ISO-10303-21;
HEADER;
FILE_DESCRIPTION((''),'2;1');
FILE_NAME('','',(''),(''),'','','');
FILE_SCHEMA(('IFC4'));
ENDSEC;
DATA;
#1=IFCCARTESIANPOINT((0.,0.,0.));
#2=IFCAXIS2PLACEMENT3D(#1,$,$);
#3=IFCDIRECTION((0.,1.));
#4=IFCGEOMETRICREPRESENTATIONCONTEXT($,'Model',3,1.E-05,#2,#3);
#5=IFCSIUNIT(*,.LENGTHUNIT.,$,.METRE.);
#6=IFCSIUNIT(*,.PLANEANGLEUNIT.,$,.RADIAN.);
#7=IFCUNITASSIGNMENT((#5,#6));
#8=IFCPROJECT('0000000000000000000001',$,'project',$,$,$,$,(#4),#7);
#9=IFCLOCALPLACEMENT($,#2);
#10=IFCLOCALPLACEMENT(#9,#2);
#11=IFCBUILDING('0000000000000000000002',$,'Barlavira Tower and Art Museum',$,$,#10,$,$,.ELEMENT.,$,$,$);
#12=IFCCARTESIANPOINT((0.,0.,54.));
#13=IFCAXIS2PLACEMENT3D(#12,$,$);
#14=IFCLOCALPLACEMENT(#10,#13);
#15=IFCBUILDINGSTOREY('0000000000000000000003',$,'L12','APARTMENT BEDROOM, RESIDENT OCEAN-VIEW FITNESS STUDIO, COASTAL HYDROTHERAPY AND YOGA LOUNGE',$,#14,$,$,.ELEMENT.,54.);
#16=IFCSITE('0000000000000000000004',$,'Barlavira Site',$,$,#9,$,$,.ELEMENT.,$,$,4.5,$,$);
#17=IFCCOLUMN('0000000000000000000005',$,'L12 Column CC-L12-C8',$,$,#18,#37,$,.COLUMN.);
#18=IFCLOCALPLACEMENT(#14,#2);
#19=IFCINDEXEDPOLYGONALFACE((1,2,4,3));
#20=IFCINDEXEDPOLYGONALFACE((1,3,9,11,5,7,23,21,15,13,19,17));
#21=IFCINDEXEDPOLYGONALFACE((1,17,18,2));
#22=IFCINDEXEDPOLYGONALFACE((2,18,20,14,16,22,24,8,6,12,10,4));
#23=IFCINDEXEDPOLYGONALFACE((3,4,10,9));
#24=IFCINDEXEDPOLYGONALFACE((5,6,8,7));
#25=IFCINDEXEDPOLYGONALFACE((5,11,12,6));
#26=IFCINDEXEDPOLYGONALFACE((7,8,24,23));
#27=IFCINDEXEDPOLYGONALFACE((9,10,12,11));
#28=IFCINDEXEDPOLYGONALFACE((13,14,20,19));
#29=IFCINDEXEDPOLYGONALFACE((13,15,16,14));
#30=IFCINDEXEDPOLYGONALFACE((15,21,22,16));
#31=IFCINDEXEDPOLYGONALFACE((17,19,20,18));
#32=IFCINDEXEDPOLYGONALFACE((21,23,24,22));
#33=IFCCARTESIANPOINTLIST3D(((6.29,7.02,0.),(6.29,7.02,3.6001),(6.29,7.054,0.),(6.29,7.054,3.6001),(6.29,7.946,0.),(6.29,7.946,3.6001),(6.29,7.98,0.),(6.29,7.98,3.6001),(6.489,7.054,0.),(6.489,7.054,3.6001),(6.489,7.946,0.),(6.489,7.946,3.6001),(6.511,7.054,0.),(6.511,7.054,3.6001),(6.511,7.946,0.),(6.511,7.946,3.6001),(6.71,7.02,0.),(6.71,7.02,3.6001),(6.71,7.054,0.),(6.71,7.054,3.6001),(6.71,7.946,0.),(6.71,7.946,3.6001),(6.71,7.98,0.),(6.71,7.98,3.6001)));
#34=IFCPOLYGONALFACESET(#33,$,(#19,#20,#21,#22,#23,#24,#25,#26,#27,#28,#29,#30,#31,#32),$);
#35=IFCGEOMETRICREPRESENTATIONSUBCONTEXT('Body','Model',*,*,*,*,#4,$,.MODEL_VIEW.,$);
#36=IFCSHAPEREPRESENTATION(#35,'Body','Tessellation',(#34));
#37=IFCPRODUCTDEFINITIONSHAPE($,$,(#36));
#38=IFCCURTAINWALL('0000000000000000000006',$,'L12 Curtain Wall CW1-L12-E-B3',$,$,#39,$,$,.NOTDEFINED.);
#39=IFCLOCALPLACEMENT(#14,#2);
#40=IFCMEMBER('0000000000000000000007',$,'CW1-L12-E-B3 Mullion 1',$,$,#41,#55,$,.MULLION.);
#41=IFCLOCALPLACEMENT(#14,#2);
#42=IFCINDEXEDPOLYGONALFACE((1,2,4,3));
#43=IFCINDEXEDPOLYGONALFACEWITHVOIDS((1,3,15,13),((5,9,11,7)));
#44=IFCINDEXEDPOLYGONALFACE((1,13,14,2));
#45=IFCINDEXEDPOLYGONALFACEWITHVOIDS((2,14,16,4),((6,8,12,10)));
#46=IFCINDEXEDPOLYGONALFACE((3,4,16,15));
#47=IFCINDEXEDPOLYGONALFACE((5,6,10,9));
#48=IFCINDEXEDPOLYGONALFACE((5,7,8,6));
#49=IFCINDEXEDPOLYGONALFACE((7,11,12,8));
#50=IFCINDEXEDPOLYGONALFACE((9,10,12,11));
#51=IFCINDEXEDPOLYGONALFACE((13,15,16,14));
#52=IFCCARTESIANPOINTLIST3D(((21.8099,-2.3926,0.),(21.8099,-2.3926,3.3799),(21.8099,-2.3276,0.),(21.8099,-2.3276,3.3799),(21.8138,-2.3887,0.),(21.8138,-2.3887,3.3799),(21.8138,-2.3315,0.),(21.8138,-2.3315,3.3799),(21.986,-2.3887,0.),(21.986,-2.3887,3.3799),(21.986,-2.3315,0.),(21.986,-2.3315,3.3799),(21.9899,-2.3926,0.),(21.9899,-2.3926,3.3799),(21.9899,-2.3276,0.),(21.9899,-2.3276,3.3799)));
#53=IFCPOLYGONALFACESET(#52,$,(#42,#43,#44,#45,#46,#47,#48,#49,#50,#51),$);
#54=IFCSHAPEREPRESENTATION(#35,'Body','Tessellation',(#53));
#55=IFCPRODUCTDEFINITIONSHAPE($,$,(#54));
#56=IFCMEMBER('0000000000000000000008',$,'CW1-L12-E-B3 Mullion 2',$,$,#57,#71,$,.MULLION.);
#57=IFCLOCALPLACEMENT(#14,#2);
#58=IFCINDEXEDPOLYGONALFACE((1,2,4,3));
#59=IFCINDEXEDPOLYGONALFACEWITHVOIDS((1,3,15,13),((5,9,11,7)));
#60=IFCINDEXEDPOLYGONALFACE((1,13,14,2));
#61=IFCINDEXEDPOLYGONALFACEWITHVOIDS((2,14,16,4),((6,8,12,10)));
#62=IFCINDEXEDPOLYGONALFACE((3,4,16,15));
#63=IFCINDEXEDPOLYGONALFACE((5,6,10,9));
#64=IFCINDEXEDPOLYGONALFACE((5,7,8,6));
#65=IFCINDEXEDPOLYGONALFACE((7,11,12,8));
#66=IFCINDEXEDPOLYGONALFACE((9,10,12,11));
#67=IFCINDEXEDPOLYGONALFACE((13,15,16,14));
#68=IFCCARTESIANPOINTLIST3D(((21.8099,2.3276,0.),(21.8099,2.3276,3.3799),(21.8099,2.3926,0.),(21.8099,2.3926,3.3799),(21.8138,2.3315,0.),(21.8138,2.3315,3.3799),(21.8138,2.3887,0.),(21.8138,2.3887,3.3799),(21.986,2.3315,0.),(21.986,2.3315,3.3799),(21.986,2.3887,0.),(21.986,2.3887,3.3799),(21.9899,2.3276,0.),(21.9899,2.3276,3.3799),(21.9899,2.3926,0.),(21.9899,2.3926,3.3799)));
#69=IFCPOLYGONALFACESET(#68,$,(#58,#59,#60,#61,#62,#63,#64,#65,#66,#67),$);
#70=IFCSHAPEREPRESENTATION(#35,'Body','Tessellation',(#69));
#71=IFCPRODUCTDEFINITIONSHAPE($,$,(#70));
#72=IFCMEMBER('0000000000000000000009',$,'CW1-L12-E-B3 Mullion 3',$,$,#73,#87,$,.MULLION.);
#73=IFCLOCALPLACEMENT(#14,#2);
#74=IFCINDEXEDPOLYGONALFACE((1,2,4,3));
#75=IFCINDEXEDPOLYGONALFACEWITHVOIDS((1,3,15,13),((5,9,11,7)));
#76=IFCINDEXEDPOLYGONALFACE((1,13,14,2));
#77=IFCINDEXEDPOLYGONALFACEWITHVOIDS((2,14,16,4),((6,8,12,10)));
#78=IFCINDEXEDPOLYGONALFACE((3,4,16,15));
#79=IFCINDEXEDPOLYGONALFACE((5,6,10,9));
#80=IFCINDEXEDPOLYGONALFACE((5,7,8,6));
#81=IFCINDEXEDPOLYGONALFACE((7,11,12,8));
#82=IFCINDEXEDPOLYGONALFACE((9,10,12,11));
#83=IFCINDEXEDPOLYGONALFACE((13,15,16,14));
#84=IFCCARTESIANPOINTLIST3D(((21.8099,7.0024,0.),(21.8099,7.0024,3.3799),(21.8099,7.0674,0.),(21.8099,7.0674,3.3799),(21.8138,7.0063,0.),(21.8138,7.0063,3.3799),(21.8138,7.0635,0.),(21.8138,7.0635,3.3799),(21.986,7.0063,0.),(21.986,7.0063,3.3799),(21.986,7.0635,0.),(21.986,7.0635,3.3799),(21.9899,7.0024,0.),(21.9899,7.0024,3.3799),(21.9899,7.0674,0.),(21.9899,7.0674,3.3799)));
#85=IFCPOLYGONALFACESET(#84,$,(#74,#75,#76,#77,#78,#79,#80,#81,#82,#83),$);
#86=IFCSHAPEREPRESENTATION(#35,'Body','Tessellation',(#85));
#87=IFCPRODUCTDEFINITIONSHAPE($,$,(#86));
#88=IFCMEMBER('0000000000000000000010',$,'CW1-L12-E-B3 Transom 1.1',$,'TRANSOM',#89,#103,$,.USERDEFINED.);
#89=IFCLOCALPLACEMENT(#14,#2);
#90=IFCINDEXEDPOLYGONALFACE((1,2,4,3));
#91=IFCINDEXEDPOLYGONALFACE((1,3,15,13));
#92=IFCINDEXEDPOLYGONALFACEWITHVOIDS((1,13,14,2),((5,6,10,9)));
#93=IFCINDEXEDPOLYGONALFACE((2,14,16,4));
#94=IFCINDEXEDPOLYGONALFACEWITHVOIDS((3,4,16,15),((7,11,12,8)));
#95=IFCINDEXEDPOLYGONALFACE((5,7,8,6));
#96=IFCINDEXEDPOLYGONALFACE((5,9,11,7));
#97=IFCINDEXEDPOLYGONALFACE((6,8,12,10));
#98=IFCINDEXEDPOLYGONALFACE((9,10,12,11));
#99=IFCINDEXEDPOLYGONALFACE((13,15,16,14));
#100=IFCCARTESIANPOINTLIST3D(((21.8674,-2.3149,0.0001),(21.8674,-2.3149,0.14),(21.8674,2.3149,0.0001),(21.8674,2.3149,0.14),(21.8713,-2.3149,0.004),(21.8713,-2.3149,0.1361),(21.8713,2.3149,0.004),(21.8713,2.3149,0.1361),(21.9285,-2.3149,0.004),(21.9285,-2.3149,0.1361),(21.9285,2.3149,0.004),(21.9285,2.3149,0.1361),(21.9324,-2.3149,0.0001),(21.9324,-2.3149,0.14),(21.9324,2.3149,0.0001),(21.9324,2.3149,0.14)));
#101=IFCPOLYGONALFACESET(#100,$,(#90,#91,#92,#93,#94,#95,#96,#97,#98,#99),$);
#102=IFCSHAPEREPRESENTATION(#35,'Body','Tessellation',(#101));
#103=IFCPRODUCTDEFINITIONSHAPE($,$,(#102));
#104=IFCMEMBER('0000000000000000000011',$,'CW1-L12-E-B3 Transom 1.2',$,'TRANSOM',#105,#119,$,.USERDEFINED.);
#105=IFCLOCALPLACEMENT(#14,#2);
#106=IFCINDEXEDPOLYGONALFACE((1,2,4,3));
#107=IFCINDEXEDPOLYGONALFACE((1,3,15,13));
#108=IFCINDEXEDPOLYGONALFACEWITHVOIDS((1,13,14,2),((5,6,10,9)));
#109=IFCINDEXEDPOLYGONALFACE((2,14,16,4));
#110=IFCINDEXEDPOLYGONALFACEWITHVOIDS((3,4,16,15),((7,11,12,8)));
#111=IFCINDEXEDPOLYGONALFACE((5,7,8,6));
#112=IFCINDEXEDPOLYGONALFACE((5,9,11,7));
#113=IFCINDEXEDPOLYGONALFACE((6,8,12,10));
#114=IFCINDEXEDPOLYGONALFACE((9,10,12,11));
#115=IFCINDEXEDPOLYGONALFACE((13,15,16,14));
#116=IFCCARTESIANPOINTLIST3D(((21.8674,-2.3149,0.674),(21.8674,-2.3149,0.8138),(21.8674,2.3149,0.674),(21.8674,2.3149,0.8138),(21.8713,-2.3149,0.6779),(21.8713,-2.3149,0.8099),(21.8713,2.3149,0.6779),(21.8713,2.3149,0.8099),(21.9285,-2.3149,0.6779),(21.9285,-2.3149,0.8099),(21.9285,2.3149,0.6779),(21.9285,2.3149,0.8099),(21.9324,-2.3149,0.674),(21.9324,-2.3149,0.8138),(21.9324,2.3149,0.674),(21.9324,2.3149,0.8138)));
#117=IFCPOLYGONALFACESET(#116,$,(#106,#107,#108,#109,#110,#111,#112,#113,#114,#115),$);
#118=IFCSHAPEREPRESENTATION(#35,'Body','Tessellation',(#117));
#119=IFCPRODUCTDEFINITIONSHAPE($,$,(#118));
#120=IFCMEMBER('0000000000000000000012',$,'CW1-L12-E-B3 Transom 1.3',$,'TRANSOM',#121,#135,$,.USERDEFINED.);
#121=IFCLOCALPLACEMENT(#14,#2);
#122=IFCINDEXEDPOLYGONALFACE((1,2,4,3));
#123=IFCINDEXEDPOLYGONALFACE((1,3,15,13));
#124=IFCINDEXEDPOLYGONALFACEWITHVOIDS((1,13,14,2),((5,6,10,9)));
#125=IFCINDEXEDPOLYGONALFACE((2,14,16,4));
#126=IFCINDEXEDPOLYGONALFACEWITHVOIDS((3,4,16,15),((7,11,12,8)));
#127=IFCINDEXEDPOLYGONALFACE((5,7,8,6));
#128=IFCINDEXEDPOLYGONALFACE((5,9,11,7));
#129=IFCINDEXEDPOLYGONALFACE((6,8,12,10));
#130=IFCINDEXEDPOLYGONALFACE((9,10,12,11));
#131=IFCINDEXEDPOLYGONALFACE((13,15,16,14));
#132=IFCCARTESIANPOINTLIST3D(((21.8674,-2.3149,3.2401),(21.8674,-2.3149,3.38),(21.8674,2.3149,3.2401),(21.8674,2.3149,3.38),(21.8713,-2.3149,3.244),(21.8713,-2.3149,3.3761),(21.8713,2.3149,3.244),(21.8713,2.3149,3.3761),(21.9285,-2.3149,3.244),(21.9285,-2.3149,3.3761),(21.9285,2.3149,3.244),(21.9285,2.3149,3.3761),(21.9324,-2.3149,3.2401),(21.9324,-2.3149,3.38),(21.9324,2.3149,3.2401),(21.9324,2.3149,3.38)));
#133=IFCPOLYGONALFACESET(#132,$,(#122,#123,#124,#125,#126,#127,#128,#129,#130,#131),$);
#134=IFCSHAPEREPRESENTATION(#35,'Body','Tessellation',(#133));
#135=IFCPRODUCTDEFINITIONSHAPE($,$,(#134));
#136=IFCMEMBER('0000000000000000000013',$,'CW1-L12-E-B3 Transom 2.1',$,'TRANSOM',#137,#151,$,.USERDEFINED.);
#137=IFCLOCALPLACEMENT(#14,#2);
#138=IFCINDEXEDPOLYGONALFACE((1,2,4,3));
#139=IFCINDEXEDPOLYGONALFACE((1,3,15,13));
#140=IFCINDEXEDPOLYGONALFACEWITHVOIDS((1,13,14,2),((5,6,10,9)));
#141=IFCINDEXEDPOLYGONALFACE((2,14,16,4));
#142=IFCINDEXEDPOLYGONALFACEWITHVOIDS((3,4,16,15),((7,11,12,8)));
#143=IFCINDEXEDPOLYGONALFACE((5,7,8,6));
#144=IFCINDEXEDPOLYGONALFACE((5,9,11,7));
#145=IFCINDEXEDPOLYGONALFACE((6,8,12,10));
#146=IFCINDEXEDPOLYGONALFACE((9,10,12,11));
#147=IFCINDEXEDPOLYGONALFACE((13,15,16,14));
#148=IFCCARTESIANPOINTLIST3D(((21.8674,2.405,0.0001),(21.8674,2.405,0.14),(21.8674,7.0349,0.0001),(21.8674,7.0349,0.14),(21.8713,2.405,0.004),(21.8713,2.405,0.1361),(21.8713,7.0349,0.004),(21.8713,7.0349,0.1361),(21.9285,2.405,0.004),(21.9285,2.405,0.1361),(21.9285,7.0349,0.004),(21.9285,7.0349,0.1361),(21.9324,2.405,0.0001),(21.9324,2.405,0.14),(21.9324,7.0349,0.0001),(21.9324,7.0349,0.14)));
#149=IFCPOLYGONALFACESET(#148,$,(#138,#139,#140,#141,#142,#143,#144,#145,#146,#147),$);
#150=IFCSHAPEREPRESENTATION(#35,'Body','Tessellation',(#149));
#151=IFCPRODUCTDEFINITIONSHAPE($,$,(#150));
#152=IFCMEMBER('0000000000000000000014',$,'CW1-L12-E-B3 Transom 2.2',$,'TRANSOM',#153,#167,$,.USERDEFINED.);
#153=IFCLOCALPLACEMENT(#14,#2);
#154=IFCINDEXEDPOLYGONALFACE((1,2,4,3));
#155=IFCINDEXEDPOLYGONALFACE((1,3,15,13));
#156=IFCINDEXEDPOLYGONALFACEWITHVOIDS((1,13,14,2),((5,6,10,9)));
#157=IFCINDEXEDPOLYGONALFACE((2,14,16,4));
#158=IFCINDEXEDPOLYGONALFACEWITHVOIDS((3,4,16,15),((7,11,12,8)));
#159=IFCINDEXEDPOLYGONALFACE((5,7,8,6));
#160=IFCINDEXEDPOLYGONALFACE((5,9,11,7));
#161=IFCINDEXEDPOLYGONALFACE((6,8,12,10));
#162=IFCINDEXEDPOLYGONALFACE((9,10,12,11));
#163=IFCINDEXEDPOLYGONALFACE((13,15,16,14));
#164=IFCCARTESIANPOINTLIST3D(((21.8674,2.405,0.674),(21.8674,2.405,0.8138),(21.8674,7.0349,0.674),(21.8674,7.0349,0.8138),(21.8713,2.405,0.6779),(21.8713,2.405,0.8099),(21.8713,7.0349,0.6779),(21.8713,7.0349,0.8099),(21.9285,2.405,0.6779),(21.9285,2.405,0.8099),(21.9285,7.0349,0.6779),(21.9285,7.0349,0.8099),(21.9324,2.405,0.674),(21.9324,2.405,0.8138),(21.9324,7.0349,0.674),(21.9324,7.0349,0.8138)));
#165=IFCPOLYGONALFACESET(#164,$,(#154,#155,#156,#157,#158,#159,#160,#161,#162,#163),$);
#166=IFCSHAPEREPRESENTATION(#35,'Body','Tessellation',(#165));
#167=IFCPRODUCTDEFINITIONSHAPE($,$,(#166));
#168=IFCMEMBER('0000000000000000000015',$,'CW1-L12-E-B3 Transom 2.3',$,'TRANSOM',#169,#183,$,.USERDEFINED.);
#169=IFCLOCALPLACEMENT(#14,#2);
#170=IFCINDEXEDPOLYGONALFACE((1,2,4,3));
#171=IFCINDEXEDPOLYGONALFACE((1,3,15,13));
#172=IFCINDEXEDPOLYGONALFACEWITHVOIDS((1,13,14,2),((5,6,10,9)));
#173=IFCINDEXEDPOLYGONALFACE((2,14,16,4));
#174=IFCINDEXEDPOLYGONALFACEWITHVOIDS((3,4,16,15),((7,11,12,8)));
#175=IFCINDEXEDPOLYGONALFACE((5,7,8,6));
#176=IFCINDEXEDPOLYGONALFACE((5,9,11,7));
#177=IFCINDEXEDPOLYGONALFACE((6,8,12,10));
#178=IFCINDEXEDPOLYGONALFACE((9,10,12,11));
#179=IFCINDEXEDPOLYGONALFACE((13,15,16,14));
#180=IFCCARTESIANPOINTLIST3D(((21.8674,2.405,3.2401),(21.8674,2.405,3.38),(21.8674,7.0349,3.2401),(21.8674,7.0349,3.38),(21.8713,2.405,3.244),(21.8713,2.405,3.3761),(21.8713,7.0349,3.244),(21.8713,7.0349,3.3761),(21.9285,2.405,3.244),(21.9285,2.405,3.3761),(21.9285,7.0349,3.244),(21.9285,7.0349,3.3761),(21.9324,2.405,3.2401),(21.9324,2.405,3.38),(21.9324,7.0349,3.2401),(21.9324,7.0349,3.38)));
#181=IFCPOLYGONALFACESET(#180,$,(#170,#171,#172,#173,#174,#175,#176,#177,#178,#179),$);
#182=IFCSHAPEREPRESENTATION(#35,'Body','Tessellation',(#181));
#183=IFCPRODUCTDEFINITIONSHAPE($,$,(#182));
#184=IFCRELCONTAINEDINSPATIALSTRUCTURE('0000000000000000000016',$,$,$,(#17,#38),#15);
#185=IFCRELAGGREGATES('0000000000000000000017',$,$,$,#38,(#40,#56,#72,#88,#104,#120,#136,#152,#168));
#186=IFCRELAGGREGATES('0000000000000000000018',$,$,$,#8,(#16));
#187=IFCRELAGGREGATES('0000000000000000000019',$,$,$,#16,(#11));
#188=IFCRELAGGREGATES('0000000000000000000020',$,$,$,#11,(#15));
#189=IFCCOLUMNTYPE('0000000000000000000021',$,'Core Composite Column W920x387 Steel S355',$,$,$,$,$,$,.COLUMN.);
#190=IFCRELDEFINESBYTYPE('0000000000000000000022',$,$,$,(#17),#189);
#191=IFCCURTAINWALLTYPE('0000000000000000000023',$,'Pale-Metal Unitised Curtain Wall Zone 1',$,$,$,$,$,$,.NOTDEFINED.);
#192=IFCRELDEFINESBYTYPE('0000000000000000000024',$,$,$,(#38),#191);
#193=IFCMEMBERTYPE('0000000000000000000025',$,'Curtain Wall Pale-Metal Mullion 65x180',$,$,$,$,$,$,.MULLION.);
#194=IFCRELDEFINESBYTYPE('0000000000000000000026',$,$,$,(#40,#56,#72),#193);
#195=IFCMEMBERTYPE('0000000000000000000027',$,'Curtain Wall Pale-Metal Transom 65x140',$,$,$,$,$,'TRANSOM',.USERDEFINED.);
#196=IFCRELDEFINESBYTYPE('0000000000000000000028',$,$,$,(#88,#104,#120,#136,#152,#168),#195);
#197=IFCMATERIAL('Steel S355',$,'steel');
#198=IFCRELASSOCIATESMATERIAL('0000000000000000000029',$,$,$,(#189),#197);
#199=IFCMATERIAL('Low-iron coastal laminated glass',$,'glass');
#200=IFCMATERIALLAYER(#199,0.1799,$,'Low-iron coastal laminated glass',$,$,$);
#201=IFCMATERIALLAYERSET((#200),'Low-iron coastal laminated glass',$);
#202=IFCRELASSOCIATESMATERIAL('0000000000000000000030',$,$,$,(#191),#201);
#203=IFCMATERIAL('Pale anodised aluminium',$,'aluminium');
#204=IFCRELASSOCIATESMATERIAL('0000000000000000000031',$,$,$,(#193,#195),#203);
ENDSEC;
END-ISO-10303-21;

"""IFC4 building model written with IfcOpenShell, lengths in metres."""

from ifc_helpers import new_model, si_unit, direction, frame, origin, origin_2d, place, context, subcontext, project, spatial, hollow_rectangle, i_section, extrude, material, layer, layer_set, material_profile, profile_set, type_object, element, aggregate, save


model = new_model("IFC4")

# Units and contexts
model_context = context("Model", 3, precision=1e-05, world=origin(), true_north=direction((0.0, 1.0)))
body_context = subcontext(model_context, "Body", "Model", "MODEL_VIEW")
ifc_project = project(units=[si_unit("LENGTHUNIT", "METRE"), si_unit("PLANEANGLEUNIT", "RADIAN")], contexts=[model_context])

# Site, building, storey
site_placement = place(None, origin())
site = spatial("IfcSite", under=ifc_project, at=site_placement, Name="Barlavira Site", CompositionType="ELEMENT", RefElevation=4.5)
building_placement = place(site_placement, origin())
building = spatial("IfcBuilding", under=site, at=building_placement, Name="Barlavira Tower and Art Museum", CompositionType="ELEMENT")
storey_placement = place(building_placement, frame((0.0, 0.0, 54.0)))
storey = spatial("IfcBuildingStorey", under=building, at=storey_placement, Name="L12", Description="APARTMENT BEDROOM, RESIDENT OCEAN-VIEW FITNESS STUDIO, COASTAL HYDROTHERAPY AND YOGA LOUNGE", CompositionType="ELEMENT", Elevation=54.0)

# Column
ifc_material_1 = material(Name="Steel S355", Category="steel")
ifc_material_profile_1 = material_profile(ifc_material_1, i_section(OverallWidth=0.4199, OverallDepth=0.96, WebThickness=0.022, FlangeThickness=0.0339, at=origin_2d()), Name="W920x387.0")
ifc_profile_set_1 = profile_set([ifc_material_profile_1], Name="Steel S355")
column_type = type_object("IfcColumnType", Name="Core Composite Column W920x387 Steel S355", PredefinedType="COLUMN", material=ifc_profile_set_1)
column_placement = place(storey_placement, frame((6.5, 7.5, 0.0), z_axis=(0.0, 0.0, 1.0), x_axis=(1.0, 0.0, 0.0)))
element("IfcColumn", 1, at=column_placement, inside=storey, type_object=column_type, Name="L12 Column CC-L12-C8", PredefinedType="COLUMN", context=body_context, shape_type="SweptSolid", body=[
    extrude(i_section(OverallWidth=0.4199, OverallDepth=0.96, WebThickness=0.022, FlangeThickness=0.0339, at=origin_2d()), origin(), (0.0, 0.0, 1.0), 3.6001),
])

# Curtain wall, members
ifc_material_2 = material(Name="Low-iron coastal laminated glass", Category="glass")
ifc_layer_1 = layer(ifc_material_2, 0.1799, Name="Low-iron coastal laminated glass")
ifc_layer_set_1 = layer_set([ifc_layer_1], Name="Low-iron coastal laminated glass")
curtain_wall_type = type_object("IfcCurtainWallType", Name="Pale-Metal Unitised Curtain Wall Zone 1", PredefinedType="NOTDEFINED", material=ifc_layer_set_1)
curtain_wall_placement = place(storey_placement, origin())
curtain_wall = element("IfcCurtainWall", 2, at=curtain_wall_placement, inside=storey, type_object=curtain_wall_type, Name="L12 Curtain Wall CW1-L12-E-B3", PredefinedType="NOTDEFINED")
ifc_material_3 = material(Name="Pale anodised aluminium", Category="aluminium")
ifc_material_profile_2 = material_profile(ifc_material_3, hollow_rectangle(XDim=0.0649, YDim=0.1799, WallThickness=0.0039, at=origin_2d()), Name="ALU-MULL 65x180x4")
ifc_profile_set_2 = profile_set([ifc_material_profile_2], Name="Pale anodised aluminium")
member_type_1 = type_object("IfcMemberType", Name="Curtain Wall Pale-Metal Mullion 65x180", PredefinedType="MULLION", material=ifc_profile_set_2)
member_1_placement = place(storey_placement, frame((21.8999, -2.3601, 0.0), z_axis=(0.0, 0.0, 1.0), x_axis=(0.0, 1.0, 0.0)))
member_1 = element("IfcMember", 3, at=member_1_placement, type_object=member_type_1, Name="CW1-L12-E-B3 Mullion 1", PredefinedType="MULLION", context=body_context, shape_type="SweptSolid", body=[
    extrude(hollow_rectangle(XDim=0.0649, YDim=0.1799, WallThickness=0.0039, at=origin_2d()), origin(), (0.0, 0.0, 1.0), 3.3799),
])
member_2_placement = place(storey_placement, frame((21.8999, 2.3601, 0.0), z_axis=(0.0, 0.0, 1.0), x_axis=(0.0, 1.0, 0.0)))
member_2 = element("IfcMember", 4, at=member_2_placement, type_object=member_type_1, Name="CW1-L12-E-B3 Mullion 2", PredefinedType="MULLION", context=body_context, shape_type="SweptSolid", body=[
    extrude(hollow_rectangle(XDim=0.0649, YDim=0.1799, WallThickness=0.0039, at=origin_2d()), origin(), (0.0, 0.0, 1.0), 3.3799),
])
member_3_placement = place(storey_placement, frame((21.8999, 7.0349, 0.0), z_axis=(0.0, 0.0, 1.0), x_axis=(0.0, 1.0, 0.0)))
member_3 = element("IfcMember", 5, at=member_3_placement, type_object=member_type_1, Name="CW1-L12-E-B3 Mullion 3", PredefinedType="MULLION", context=body_context, shape_type="SweptSolid", body=[
    extrude(hollow_rectangle(XDim=0.0649, YDim=0.1799, WallThickness=0.0039, at=origin_2d()), origin(), (0.0, 0.0, 1.0), 3.3799),
])
ifc_material_profile_3 = material_profile(ifc_material_3, hollow_rectangle(XDim=0.0649, YDim=0.1399, WallThickness=0.0039, at=origin_2d()), Name="ALU-TRAN 65x140x4")
ifc_profile_set_3 = profile_set([ifc_material_profile_3], Name="Pale anodised aluminium")
member_type_2 = type_object("IfcMemberType", Name="Curtain Wall Pale-Metal Transom 65x140", ElementType="TRANSOM", PredefinedType="USERDEFINED", material=ifc_profile_set_3)
member_4_placement = place(storey_placement, frame((21.8999, -2.3149, 0.0701), z_axis=(0.0, 1.0, 0.0), x_axis=(-1.0, 0.0, 0.0)))
member_4 = element("IfcMember", 6, at=member_4_placement, type_object=member_type_2, Name="CW1-L12-E-B3 Transom 1.1", ObjectType="TRANSOM", PredefinedType="USERDEFINED", context=body_context, shape_type="SweptSolid", body=[
    extrude(hollow_rectangle(XDim=0.0649, YDim=0.1399, WallThickness=0.0039, at=origin_2d()), origin(), (0.0, 0.0, 1.0), 4.6299),
])
member_5_placement = place(storey_placement, frame((21.8999, -2.3149, 0.7439), z_axis=(0.0, 1.0, 0.0), x_axis=(-1.0, 0.0, 0.0)))
member_5 = element("IfcMember", 7, at=member_5_placement, type_object=member_type_2, Name="CW1-L12-E-B3 Transom 1.2", ObjectType="TRANSOM", PredefinedType="USERDEFINED", context=body_context, shape_type="SweptSolid", body=[
    extrude(hollow_rectangle(XDim=0.0649, YDim=0.1399, WallThickness=0.0039, at=origin_2d()), origin(), (0.0, 0.0, 1.0), 4.6299),
])
member_6_placement = place(storey_placement, frame((21.8999, -2.3149, 3.3101), z_axis=(0.0, 1.0, 0.0), x_axis=(-1.0, 0.0, 0.0)))
member_6 = element("IfcMember", 8, at=member_6_placement, type_object=member_type_2, Name="CW1-L12-E-B3 Transom 1.3", ObjectType="TRANSOM", PredefinedType="USERDEFINED", context=body_context, shape_type="SweptSolid", body=[
    extrude(hollow_rectangle(XDim=0.0649, YDim=0.1399, WallThickness=0.0039, at=origin_2d()), origin(), (0.0, 0.0, 1.0), 4.6299),
])
member_7_placement = place(storey_placement, frame((21.8999, 2.405, 0.0701), z_axis=(0.0, 1.0, 0.0), x_axis=(-1.0, 0.0, 0.0)))
member_7 = element("IfcMember", 9, at=member_7_placement, type_object=member_type_2, Name="CW1-L12-E-B3 Transom 2.1", ObjectType="TRANSOM", PredefinedType="USERDEFINED", context=body_context, shape_type="SweptSolid", body=[
    extrude(hollow_rectangle(XDim=0.0649, YDim=0.1399, WallThickness=0.0039, at=origin_2d()), origin(), (0.0, 0.0, 1.0), 4.6299),
])
member_8_placement = place(storey_placement, frame((21.8999, 2.405, 0.7439), z_axis=(0.0, 1.0, 0.0), x_axis=(-1.0, 0.0, 0.0)))
member_8 = element("IfcMember", 10, at=member_8_placement, type_object=member_type_2, Name="CW1-L12-E-B3 Transom 2.2", ObjectType="TRANSOM", PredefinedType="USERDEFINED", context=body_context, shape_type="SweptSolid", body=[
    extrude(hollow_rectangle(XDim=0.0649, YDim=0.1399, WallThickness=0.0039, at=origin_2d()), origin(), (0.0, 0.0, 1.0), 4.6299),
])
member_9_placement = place(storey_placement, frame((21.8999, 2.405, 3.3101), z_axis=(0.0, 1.0, 0.0), x_axis=(-1.0, 0.0, 0.0)))
member_9 = element("IfcMember", 11, at=member_9_placement, type_object=member_type_2, Name="CW1-L12-E-B3 Transom 2.3", ObjectType="TRANSOM", PredefinedType="USERDEFINED", context=body_context, shape_type="SweptSolid", body=[
    extrude(hollow_rectangle(XDim=0.0649, YDim=0.1399, WallThickness=0.0039, at=origin_2d()), origin(), (0.0, 0.0, 1.0), 4.6299),
])

aggregate(curtain_wall, [member_1, member_2, member_3, member_4, member_5, member_6, member_7, member_8, member_9])

save(model, "model.ifc")
